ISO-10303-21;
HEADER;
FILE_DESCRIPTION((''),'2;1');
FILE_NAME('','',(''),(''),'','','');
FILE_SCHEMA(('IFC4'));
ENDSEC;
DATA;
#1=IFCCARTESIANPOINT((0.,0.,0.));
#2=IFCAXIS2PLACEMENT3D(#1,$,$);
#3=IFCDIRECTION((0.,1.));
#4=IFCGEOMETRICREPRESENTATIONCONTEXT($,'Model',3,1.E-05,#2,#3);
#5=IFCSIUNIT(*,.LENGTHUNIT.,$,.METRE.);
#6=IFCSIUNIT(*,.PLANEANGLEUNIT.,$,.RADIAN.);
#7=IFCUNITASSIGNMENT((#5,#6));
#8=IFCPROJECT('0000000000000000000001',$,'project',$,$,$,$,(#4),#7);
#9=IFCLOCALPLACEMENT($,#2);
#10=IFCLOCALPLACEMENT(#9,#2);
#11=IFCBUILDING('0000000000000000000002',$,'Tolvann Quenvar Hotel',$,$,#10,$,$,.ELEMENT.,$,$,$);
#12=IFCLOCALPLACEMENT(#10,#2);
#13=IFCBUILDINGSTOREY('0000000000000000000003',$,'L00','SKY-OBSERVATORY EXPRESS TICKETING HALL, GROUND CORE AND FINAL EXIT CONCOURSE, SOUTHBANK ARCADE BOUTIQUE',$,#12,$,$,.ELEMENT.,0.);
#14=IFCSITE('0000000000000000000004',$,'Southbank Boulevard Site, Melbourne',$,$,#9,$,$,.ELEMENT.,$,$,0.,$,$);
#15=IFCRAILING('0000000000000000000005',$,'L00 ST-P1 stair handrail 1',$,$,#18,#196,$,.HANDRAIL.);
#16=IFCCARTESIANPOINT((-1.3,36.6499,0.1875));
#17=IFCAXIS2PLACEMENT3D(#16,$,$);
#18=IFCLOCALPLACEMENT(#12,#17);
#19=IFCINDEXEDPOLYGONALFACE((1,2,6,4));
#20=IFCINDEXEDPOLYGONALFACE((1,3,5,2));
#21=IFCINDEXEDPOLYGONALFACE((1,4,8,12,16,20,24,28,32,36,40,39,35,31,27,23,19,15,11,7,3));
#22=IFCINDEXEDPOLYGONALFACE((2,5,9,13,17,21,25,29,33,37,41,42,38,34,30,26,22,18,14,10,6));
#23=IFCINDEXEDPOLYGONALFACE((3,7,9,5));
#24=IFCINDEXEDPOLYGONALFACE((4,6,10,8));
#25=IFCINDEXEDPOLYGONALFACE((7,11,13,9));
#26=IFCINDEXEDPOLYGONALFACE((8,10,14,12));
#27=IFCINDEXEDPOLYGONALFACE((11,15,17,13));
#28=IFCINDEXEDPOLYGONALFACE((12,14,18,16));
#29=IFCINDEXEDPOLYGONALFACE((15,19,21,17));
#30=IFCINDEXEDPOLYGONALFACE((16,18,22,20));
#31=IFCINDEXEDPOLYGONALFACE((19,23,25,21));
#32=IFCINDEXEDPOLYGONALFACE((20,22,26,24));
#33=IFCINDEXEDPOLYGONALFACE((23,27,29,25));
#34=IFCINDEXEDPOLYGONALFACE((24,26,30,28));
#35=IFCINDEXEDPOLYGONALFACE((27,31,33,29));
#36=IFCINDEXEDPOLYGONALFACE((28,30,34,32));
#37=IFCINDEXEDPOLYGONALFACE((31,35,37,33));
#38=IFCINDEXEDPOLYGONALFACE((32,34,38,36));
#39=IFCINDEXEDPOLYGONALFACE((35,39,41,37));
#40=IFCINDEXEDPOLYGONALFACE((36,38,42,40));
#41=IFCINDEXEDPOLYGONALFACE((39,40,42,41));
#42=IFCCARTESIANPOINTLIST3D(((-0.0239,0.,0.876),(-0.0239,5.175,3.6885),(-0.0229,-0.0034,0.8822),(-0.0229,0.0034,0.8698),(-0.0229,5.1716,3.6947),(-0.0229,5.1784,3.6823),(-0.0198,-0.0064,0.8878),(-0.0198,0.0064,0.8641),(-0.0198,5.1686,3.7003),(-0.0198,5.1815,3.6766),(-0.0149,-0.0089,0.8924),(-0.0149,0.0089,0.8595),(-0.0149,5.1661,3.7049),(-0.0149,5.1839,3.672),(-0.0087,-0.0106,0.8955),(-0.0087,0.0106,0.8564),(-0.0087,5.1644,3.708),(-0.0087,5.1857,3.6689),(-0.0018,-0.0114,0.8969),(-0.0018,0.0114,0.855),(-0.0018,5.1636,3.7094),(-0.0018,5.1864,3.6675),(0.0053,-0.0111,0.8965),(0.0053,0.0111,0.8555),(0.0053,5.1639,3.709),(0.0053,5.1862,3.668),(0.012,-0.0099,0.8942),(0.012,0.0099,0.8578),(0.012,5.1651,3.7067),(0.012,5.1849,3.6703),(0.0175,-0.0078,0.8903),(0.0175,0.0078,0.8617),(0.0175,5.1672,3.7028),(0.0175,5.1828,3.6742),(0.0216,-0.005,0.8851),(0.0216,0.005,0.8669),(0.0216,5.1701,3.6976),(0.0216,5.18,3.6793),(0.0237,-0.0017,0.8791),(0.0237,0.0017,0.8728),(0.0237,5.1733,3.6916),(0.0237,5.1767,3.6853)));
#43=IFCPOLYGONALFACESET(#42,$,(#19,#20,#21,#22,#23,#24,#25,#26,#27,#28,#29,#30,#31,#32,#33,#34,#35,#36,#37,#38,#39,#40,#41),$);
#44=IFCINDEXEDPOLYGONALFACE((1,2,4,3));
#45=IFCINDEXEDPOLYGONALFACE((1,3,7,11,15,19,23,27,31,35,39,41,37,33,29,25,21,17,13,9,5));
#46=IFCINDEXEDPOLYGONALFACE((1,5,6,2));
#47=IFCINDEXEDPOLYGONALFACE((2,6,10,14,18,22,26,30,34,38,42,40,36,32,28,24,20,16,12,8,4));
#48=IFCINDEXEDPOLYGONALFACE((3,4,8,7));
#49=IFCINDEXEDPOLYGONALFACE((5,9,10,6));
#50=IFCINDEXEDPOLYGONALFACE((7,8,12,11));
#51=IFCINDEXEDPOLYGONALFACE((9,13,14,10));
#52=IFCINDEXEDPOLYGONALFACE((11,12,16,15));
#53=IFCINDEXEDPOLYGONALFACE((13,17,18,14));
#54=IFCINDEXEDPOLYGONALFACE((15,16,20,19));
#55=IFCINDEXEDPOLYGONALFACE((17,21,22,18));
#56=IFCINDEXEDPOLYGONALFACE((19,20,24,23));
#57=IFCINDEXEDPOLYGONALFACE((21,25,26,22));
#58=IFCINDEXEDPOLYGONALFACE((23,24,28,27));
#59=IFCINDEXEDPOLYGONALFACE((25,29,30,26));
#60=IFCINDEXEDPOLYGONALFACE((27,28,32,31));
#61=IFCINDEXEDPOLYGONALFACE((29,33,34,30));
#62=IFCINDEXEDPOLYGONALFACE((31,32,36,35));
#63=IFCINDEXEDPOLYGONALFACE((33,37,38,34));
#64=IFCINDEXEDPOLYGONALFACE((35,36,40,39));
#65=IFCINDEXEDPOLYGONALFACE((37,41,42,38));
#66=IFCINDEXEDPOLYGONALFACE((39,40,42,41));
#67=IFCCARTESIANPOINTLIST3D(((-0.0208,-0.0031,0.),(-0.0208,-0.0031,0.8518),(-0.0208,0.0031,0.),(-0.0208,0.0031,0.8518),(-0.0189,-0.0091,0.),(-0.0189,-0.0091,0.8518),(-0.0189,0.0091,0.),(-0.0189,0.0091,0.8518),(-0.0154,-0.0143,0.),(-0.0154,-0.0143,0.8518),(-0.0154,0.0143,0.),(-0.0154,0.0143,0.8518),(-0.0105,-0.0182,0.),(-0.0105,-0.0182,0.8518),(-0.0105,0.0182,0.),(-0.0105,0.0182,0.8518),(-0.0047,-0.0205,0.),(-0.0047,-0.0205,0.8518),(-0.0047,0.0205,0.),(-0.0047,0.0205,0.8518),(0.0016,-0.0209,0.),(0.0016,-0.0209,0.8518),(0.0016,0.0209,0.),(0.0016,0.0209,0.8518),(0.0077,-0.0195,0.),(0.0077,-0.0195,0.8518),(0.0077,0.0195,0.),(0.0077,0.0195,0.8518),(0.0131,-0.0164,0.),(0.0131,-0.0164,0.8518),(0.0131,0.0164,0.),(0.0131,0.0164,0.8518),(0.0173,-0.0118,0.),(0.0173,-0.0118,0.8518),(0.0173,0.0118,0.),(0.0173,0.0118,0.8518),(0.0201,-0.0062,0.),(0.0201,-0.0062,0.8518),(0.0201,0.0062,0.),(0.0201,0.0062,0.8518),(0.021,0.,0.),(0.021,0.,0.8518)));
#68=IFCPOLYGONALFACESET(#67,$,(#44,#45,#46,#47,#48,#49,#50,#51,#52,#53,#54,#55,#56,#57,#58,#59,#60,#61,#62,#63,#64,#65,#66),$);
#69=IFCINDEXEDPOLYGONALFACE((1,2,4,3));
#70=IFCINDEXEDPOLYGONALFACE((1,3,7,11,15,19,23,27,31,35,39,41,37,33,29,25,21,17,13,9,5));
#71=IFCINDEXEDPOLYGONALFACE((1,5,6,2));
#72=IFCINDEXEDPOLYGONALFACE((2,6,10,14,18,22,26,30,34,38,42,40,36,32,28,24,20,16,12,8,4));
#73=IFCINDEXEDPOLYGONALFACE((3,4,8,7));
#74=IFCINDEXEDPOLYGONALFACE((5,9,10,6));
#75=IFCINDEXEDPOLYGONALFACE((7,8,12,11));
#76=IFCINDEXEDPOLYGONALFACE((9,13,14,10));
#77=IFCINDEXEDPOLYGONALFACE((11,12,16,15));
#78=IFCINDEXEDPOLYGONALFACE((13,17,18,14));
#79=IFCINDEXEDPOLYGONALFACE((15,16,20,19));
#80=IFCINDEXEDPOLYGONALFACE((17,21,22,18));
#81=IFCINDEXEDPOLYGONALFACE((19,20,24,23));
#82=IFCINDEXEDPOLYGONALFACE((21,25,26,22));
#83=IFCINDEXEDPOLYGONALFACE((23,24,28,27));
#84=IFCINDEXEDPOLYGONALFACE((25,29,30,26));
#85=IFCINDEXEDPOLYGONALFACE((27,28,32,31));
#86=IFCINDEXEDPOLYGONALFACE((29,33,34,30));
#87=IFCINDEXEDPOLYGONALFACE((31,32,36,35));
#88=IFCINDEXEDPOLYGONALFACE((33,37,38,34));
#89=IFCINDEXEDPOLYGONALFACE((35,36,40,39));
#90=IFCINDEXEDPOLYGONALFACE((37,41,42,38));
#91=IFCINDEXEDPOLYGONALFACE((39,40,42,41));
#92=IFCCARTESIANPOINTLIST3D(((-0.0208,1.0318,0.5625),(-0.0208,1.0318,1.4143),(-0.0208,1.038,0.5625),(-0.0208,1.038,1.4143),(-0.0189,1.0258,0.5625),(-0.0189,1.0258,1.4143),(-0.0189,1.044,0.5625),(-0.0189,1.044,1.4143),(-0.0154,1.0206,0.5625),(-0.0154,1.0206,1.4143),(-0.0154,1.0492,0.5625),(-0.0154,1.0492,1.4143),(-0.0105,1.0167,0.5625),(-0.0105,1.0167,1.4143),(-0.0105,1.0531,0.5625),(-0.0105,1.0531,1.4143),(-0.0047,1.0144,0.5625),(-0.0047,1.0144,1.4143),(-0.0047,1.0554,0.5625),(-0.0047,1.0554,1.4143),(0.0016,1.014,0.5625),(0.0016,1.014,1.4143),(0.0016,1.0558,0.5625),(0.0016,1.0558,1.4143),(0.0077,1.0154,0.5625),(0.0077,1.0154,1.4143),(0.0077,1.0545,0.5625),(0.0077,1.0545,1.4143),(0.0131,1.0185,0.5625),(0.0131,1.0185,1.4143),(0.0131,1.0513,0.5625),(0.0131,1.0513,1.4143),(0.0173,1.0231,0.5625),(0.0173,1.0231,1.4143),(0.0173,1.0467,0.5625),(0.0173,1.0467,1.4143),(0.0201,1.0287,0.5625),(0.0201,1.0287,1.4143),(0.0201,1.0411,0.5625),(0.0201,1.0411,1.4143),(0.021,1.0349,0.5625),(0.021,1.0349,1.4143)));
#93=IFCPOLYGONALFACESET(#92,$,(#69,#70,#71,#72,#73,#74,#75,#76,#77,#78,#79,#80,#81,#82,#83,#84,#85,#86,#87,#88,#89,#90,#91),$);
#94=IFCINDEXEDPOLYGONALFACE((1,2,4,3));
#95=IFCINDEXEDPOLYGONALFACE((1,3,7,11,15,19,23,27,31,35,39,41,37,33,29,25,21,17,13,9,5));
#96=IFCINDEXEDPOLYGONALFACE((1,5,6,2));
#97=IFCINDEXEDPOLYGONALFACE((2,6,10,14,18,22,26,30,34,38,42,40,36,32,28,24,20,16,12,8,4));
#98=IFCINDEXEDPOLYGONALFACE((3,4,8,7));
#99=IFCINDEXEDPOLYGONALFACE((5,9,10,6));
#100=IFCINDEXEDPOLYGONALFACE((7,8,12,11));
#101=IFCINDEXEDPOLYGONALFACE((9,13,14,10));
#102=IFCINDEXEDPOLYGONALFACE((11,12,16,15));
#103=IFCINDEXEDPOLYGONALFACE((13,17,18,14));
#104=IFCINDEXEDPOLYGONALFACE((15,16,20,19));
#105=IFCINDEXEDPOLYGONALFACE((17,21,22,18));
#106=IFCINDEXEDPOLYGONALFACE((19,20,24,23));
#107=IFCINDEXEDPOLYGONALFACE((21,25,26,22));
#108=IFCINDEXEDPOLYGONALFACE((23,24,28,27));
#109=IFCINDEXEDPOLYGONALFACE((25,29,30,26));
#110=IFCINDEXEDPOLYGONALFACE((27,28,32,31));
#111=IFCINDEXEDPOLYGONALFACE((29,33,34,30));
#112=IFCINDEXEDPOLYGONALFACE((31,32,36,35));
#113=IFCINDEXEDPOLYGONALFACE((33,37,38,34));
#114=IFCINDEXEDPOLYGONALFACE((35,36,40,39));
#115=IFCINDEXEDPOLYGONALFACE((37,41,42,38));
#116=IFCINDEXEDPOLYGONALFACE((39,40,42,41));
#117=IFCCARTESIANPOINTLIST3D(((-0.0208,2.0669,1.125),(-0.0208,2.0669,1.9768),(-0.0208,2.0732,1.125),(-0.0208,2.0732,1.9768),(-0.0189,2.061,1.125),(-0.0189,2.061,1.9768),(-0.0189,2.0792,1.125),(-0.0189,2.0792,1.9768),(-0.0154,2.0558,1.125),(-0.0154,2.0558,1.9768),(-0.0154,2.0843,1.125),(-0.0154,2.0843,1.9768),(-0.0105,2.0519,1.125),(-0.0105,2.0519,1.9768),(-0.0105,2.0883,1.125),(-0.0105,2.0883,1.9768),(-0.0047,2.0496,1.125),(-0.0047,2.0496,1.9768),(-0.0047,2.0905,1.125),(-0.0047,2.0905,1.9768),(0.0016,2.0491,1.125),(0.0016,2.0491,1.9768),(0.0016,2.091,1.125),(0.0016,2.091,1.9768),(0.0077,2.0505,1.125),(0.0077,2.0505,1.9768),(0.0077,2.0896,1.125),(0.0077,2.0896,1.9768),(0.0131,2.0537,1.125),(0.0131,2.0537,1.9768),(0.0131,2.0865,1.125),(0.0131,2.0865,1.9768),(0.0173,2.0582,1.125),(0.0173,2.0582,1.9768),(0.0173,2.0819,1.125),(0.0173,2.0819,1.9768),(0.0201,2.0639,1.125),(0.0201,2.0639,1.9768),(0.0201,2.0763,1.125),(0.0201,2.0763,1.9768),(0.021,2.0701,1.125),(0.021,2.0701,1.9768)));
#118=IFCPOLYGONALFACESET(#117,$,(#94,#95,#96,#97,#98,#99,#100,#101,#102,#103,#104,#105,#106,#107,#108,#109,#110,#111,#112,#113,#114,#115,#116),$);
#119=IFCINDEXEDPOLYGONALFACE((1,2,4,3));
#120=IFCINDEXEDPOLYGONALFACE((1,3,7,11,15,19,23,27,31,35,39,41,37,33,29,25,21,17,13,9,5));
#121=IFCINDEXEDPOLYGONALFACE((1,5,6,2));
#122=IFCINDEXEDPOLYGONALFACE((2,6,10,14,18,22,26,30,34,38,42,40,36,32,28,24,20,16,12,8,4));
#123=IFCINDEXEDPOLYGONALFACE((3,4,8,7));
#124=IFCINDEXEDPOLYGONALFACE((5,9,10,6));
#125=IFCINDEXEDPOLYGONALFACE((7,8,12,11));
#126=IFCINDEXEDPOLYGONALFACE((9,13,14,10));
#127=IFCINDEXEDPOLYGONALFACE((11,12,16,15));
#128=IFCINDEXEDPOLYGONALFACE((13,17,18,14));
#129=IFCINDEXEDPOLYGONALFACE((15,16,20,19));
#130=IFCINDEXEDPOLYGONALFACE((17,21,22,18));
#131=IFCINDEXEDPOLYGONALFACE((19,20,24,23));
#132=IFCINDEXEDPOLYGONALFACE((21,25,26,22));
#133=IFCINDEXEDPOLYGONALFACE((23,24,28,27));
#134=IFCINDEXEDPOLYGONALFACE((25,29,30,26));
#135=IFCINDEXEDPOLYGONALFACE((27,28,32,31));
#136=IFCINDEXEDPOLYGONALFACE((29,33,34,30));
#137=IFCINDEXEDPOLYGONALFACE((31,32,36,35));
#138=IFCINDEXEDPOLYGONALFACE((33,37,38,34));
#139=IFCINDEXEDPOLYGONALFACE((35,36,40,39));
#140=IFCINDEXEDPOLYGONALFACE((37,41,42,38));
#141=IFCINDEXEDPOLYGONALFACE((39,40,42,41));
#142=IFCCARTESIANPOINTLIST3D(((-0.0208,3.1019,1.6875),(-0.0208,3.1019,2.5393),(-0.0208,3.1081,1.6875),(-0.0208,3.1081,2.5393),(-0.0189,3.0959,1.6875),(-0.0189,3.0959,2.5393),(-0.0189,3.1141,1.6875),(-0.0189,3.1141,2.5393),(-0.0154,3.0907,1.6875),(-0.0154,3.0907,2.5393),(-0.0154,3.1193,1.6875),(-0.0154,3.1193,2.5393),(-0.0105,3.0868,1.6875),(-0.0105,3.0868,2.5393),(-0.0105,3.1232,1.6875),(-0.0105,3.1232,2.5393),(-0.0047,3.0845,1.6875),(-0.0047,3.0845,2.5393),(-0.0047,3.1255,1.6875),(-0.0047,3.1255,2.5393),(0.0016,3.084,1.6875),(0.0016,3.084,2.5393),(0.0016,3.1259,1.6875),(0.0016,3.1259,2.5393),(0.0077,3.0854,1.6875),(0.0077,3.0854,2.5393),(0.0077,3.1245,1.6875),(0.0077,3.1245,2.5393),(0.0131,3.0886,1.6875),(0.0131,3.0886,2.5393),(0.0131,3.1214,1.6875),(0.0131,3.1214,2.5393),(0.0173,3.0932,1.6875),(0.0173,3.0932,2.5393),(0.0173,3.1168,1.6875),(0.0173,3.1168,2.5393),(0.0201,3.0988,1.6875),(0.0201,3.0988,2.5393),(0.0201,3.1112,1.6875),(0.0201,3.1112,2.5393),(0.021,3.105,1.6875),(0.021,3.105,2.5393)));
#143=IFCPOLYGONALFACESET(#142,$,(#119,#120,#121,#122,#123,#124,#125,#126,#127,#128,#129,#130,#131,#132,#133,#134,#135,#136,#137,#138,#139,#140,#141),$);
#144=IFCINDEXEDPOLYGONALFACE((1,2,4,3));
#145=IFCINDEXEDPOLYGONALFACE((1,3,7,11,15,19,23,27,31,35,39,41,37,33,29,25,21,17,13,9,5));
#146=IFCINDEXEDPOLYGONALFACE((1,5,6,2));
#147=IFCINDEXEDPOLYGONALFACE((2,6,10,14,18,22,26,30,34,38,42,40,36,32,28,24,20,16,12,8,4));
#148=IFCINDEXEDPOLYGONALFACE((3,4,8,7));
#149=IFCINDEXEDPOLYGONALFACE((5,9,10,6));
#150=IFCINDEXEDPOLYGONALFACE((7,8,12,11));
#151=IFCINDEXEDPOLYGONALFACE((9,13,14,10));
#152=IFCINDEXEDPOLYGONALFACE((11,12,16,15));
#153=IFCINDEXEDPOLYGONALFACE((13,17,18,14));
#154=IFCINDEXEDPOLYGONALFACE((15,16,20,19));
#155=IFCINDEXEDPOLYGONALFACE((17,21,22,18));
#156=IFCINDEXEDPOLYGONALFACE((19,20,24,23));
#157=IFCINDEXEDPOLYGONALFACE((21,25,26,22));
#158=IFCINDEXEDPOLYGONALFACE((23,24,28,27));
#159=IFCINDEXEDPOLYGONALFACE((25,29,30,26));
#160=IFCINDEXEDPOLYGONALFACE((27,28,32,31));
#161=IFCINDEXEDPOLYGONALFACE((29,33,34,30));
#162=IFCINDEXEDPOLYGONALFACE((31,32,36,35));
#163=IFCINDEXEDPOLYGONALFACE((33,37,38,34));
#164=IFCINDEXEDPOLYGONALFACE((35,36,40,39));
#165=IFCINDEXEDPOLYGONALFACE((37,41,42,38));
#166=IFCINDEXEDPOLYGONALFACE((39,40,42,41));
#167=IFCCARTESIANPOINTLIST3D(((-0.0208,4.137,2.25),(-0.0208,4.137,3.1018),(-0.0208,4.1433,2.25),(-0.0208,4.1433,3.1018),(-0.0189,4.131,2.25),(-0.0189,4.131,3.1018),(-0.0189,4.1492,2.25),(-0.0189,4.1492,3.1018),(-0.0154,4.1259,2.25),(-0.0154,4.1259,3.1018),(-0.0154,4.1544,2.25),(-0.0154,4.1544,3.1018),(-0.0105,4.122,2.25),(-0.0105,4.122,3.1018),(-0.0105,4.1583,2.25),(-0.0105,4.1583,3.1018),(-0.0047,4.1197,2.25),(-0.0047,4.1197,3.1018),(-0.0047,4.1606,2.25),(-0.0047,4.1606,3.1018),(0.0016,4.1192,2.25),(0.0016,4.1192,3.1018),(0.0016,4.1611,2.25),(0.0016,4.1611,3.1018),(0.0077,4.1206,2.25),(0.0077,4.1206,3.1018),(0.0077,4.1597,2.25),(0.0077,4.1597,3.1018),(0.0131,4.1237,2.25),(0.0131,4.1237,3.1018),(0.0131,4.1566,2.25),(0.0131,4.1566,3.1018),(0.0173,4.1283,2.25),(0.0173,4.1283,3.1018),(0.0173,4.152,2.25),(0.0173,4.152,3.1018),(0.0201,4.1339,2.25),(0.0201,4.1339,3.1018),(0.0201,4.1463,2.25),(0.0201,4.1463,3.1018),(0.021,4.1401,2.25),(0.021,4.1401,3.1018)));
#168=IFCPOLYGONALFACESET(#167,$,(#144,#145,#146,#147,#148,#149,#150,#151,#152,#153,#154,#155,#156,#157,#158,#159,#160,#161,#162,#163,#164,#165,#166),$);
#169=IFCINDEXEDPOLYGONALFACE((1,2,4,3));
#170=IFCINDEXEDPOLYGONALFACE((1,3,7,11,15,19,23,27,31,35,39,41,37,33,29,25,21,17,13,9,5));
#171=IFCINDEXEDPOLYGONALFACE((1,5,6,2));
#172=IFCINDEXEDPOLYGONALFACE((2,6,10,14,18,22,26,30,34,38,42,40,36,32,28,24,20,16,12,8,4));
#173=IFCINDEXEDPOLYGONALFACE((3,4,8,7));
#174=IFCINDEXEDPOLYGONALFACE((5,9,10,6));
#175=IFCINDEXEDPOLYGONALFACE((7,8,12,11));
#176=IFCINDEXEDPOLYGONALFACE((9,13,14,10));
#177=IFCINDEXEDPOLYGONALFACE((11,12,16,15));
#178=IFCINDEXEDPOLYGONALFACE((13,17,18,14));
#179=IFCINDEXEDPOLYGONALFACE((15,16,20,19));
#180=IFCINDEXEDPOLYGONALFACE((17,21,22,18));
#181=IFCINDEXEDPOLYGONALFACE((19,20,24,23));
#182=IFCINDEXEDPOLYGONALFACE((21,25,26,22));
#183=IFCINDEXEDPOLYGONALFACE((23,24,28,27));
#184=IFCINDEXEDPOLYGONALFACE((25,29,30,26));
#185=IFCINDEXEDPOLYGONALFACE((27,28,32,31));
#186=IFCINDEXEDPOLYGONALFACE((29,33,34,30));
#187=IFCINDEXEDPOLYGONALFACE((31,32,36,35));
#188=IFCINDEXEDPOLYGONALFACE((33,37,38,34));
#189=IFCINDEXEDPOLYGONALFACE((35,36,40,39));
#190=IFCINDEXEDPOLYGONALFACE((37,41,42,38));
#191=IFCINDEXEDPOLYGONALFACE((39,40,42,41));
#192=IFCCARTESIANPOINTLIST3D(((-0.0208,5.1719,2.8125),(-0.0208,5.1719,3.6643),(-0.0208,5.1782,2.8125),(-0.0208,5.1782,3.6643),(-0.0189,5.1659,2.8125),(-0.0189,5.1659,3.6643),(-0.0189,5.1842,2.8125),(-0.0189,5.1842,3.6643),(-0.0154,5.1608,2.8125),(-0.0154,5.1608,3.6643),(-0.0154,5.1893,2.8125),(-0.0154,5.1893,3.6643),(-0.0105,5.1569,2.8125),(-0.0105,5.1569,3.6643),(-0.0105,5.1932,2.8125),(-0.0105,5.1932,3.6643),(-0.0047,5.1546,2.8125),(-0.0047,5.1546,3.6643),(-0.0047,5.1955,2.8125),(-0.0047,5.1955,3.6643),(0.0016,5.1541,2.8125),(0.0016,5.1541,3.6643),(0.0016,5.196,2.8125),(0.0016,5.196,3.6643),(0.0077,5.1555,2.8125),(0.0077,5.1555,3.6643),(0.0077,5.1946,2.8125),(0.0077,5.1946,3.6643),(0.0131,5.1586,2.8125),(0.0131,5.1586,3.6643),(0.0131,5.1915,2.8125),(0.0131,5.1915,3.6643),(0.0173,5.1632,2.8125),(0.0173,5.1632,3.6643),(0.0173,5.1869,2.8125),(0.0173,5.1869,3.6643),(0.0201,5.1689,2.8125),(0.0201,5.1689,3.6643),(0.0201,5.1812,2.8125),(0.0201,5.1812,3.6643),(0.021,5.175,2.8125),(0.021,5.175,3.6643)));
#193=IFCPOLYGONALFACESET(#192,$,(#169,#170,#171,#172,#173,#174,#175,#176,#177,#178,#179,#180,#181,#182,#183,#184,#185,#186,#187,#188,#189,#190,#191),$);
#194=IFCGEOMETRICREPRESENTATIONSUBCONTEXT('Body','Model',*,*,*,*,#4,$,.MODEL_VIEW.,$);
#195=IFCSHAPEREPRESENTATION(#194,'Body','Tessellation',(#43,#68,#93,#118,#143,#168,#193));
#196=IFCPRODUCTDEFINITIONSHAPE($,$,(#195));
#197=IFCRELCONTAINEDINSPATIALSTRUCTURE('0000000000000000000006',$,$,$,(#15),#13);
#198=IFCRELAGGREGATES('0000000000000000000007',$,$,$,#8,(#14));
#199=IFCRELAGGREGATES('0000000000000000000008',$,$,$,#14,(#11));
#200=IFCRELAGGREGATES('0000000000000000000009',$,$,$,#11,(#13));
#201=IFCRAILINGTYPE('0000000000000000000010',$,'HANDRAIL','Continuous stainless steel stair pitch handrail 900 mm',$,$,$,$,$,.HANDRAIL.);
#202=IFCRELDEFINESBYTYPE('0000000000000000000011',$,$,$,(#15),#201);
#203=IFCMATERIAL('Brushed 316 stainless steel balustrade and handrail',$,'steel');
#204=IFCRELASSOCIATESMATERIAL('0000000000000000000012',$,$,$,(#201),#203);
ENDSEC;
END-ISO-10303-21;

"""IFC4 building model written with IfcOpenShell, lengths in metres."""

from ifc_helpers import new_model, si_unit, direction, frame, origin, origin_2d, place, context, subcontext, project, spatial, circle, extrude, material, type_object, element, save


model = new_model("IFC4")

# Units and contexts
model_context = context("Model", 3, precision=1e-05, world=origin(), true_north=direction((0.0, 1.0)))
body_context = subcontext(model_context, "Body", "Model", "MODEL_VIEW")
ifc_project = project(units=[si_unit("LENGTHUNIT", "METRE"), si_unit("PLANEANGLEUNIT", "RADIAN")], contexts=[model_context])

# Site, building, storey
site_placement = place(None, origin())
site = spatial("IfcSite", under=ifc_project, at=site_placement, Name="Southbank Boulevard Site, Melbourne", CompositionType="ELEMENT", RefElevation=0.0)
building_placement = place(site_placement, origin())
building = spatial("IfcBuilding", under=site, at=building_placement, Name="Tolvann Quenvar Hotel", CompositionType="ELEMENT")
storey_placement = place(building_placement, origin())
storey = spatial("IfcBuildingStorey", under=building, at=storey_placement, Name="L00", Description="SKY-OBSERVATORY EXPRESS TICKETING HALL, GROUND CORE AND FINAL EXIT CONCOURSE, SOUTHBANK ARCADE BOUTIQUE", CompositionType="ELEMENT", Elevation=0.0)

# Railing
ifc_material_1 = material(Name="Brushed 316 stainless steel balustrade and handrail", Category="steel")
railing_type_1 = type_object("IfcRailingType", Name="HANDRAIL", Description="Continuous stainless steel stair pitch handrail 900 mm", PredefinedType="HANDRAIL", material=ifc_material_1)
railing_1_placement = place(storey_placement, frame((-1.3, 36.6499, 0.1875)))
element("IfcRailing", 1, at=railing_1_placement, inside=storey, type_object=railing_type_1, Name="L00 ST-P1 stair handrail 1", PredefinedType="HANDRAIL", context=body_context, shape_type="SweptSolid", body=[
    extrude(circle(Radius=0.0239, at=origin_2d()), frame((0.0, 0.0, 0.876), z_axis=(0.0, 0.878626, 0.47751), x_axis=(-1.0, 0.0, 0.0)), (0.0, 0.0, 1.0), 5.8899),
    extrude(circle(Radius=0.021, at=origin_2d()), origin(), (0.0, 0.0, 1.0), 0.8518),
    extrude(circle(Radius=0.021, at=origin_2d()), frame((0.0, 1.0349, 0.5625)), (0.0, 0.0, 1.0), 0.8518),
    extrude(circle(Radius=0.021, at=origin_2d()), frame((0.0, 2.0701, 1.125)), (0.0, 0.0, 1.0), 0.8518),
    extrude(circle(Radius=0.021, at=origin_2d()), frame((0.0, 3.105, 1.6875)), (0.0, 0.0, 1.0), 0.8518),
    extrude(circle(Radius=0.021, at=origin_2d()), frame((0.0, 4.1401, 2.25)), (0.0, 0.0, 1.0), 0.8518),
    extrude(circle(Radius=0.021, at=origin_2d()), frame((0.0, 5.175, 2.8125)), (0.0, 0.0, 1.0), 0.8518),
])

save(model, "model.ifc")
